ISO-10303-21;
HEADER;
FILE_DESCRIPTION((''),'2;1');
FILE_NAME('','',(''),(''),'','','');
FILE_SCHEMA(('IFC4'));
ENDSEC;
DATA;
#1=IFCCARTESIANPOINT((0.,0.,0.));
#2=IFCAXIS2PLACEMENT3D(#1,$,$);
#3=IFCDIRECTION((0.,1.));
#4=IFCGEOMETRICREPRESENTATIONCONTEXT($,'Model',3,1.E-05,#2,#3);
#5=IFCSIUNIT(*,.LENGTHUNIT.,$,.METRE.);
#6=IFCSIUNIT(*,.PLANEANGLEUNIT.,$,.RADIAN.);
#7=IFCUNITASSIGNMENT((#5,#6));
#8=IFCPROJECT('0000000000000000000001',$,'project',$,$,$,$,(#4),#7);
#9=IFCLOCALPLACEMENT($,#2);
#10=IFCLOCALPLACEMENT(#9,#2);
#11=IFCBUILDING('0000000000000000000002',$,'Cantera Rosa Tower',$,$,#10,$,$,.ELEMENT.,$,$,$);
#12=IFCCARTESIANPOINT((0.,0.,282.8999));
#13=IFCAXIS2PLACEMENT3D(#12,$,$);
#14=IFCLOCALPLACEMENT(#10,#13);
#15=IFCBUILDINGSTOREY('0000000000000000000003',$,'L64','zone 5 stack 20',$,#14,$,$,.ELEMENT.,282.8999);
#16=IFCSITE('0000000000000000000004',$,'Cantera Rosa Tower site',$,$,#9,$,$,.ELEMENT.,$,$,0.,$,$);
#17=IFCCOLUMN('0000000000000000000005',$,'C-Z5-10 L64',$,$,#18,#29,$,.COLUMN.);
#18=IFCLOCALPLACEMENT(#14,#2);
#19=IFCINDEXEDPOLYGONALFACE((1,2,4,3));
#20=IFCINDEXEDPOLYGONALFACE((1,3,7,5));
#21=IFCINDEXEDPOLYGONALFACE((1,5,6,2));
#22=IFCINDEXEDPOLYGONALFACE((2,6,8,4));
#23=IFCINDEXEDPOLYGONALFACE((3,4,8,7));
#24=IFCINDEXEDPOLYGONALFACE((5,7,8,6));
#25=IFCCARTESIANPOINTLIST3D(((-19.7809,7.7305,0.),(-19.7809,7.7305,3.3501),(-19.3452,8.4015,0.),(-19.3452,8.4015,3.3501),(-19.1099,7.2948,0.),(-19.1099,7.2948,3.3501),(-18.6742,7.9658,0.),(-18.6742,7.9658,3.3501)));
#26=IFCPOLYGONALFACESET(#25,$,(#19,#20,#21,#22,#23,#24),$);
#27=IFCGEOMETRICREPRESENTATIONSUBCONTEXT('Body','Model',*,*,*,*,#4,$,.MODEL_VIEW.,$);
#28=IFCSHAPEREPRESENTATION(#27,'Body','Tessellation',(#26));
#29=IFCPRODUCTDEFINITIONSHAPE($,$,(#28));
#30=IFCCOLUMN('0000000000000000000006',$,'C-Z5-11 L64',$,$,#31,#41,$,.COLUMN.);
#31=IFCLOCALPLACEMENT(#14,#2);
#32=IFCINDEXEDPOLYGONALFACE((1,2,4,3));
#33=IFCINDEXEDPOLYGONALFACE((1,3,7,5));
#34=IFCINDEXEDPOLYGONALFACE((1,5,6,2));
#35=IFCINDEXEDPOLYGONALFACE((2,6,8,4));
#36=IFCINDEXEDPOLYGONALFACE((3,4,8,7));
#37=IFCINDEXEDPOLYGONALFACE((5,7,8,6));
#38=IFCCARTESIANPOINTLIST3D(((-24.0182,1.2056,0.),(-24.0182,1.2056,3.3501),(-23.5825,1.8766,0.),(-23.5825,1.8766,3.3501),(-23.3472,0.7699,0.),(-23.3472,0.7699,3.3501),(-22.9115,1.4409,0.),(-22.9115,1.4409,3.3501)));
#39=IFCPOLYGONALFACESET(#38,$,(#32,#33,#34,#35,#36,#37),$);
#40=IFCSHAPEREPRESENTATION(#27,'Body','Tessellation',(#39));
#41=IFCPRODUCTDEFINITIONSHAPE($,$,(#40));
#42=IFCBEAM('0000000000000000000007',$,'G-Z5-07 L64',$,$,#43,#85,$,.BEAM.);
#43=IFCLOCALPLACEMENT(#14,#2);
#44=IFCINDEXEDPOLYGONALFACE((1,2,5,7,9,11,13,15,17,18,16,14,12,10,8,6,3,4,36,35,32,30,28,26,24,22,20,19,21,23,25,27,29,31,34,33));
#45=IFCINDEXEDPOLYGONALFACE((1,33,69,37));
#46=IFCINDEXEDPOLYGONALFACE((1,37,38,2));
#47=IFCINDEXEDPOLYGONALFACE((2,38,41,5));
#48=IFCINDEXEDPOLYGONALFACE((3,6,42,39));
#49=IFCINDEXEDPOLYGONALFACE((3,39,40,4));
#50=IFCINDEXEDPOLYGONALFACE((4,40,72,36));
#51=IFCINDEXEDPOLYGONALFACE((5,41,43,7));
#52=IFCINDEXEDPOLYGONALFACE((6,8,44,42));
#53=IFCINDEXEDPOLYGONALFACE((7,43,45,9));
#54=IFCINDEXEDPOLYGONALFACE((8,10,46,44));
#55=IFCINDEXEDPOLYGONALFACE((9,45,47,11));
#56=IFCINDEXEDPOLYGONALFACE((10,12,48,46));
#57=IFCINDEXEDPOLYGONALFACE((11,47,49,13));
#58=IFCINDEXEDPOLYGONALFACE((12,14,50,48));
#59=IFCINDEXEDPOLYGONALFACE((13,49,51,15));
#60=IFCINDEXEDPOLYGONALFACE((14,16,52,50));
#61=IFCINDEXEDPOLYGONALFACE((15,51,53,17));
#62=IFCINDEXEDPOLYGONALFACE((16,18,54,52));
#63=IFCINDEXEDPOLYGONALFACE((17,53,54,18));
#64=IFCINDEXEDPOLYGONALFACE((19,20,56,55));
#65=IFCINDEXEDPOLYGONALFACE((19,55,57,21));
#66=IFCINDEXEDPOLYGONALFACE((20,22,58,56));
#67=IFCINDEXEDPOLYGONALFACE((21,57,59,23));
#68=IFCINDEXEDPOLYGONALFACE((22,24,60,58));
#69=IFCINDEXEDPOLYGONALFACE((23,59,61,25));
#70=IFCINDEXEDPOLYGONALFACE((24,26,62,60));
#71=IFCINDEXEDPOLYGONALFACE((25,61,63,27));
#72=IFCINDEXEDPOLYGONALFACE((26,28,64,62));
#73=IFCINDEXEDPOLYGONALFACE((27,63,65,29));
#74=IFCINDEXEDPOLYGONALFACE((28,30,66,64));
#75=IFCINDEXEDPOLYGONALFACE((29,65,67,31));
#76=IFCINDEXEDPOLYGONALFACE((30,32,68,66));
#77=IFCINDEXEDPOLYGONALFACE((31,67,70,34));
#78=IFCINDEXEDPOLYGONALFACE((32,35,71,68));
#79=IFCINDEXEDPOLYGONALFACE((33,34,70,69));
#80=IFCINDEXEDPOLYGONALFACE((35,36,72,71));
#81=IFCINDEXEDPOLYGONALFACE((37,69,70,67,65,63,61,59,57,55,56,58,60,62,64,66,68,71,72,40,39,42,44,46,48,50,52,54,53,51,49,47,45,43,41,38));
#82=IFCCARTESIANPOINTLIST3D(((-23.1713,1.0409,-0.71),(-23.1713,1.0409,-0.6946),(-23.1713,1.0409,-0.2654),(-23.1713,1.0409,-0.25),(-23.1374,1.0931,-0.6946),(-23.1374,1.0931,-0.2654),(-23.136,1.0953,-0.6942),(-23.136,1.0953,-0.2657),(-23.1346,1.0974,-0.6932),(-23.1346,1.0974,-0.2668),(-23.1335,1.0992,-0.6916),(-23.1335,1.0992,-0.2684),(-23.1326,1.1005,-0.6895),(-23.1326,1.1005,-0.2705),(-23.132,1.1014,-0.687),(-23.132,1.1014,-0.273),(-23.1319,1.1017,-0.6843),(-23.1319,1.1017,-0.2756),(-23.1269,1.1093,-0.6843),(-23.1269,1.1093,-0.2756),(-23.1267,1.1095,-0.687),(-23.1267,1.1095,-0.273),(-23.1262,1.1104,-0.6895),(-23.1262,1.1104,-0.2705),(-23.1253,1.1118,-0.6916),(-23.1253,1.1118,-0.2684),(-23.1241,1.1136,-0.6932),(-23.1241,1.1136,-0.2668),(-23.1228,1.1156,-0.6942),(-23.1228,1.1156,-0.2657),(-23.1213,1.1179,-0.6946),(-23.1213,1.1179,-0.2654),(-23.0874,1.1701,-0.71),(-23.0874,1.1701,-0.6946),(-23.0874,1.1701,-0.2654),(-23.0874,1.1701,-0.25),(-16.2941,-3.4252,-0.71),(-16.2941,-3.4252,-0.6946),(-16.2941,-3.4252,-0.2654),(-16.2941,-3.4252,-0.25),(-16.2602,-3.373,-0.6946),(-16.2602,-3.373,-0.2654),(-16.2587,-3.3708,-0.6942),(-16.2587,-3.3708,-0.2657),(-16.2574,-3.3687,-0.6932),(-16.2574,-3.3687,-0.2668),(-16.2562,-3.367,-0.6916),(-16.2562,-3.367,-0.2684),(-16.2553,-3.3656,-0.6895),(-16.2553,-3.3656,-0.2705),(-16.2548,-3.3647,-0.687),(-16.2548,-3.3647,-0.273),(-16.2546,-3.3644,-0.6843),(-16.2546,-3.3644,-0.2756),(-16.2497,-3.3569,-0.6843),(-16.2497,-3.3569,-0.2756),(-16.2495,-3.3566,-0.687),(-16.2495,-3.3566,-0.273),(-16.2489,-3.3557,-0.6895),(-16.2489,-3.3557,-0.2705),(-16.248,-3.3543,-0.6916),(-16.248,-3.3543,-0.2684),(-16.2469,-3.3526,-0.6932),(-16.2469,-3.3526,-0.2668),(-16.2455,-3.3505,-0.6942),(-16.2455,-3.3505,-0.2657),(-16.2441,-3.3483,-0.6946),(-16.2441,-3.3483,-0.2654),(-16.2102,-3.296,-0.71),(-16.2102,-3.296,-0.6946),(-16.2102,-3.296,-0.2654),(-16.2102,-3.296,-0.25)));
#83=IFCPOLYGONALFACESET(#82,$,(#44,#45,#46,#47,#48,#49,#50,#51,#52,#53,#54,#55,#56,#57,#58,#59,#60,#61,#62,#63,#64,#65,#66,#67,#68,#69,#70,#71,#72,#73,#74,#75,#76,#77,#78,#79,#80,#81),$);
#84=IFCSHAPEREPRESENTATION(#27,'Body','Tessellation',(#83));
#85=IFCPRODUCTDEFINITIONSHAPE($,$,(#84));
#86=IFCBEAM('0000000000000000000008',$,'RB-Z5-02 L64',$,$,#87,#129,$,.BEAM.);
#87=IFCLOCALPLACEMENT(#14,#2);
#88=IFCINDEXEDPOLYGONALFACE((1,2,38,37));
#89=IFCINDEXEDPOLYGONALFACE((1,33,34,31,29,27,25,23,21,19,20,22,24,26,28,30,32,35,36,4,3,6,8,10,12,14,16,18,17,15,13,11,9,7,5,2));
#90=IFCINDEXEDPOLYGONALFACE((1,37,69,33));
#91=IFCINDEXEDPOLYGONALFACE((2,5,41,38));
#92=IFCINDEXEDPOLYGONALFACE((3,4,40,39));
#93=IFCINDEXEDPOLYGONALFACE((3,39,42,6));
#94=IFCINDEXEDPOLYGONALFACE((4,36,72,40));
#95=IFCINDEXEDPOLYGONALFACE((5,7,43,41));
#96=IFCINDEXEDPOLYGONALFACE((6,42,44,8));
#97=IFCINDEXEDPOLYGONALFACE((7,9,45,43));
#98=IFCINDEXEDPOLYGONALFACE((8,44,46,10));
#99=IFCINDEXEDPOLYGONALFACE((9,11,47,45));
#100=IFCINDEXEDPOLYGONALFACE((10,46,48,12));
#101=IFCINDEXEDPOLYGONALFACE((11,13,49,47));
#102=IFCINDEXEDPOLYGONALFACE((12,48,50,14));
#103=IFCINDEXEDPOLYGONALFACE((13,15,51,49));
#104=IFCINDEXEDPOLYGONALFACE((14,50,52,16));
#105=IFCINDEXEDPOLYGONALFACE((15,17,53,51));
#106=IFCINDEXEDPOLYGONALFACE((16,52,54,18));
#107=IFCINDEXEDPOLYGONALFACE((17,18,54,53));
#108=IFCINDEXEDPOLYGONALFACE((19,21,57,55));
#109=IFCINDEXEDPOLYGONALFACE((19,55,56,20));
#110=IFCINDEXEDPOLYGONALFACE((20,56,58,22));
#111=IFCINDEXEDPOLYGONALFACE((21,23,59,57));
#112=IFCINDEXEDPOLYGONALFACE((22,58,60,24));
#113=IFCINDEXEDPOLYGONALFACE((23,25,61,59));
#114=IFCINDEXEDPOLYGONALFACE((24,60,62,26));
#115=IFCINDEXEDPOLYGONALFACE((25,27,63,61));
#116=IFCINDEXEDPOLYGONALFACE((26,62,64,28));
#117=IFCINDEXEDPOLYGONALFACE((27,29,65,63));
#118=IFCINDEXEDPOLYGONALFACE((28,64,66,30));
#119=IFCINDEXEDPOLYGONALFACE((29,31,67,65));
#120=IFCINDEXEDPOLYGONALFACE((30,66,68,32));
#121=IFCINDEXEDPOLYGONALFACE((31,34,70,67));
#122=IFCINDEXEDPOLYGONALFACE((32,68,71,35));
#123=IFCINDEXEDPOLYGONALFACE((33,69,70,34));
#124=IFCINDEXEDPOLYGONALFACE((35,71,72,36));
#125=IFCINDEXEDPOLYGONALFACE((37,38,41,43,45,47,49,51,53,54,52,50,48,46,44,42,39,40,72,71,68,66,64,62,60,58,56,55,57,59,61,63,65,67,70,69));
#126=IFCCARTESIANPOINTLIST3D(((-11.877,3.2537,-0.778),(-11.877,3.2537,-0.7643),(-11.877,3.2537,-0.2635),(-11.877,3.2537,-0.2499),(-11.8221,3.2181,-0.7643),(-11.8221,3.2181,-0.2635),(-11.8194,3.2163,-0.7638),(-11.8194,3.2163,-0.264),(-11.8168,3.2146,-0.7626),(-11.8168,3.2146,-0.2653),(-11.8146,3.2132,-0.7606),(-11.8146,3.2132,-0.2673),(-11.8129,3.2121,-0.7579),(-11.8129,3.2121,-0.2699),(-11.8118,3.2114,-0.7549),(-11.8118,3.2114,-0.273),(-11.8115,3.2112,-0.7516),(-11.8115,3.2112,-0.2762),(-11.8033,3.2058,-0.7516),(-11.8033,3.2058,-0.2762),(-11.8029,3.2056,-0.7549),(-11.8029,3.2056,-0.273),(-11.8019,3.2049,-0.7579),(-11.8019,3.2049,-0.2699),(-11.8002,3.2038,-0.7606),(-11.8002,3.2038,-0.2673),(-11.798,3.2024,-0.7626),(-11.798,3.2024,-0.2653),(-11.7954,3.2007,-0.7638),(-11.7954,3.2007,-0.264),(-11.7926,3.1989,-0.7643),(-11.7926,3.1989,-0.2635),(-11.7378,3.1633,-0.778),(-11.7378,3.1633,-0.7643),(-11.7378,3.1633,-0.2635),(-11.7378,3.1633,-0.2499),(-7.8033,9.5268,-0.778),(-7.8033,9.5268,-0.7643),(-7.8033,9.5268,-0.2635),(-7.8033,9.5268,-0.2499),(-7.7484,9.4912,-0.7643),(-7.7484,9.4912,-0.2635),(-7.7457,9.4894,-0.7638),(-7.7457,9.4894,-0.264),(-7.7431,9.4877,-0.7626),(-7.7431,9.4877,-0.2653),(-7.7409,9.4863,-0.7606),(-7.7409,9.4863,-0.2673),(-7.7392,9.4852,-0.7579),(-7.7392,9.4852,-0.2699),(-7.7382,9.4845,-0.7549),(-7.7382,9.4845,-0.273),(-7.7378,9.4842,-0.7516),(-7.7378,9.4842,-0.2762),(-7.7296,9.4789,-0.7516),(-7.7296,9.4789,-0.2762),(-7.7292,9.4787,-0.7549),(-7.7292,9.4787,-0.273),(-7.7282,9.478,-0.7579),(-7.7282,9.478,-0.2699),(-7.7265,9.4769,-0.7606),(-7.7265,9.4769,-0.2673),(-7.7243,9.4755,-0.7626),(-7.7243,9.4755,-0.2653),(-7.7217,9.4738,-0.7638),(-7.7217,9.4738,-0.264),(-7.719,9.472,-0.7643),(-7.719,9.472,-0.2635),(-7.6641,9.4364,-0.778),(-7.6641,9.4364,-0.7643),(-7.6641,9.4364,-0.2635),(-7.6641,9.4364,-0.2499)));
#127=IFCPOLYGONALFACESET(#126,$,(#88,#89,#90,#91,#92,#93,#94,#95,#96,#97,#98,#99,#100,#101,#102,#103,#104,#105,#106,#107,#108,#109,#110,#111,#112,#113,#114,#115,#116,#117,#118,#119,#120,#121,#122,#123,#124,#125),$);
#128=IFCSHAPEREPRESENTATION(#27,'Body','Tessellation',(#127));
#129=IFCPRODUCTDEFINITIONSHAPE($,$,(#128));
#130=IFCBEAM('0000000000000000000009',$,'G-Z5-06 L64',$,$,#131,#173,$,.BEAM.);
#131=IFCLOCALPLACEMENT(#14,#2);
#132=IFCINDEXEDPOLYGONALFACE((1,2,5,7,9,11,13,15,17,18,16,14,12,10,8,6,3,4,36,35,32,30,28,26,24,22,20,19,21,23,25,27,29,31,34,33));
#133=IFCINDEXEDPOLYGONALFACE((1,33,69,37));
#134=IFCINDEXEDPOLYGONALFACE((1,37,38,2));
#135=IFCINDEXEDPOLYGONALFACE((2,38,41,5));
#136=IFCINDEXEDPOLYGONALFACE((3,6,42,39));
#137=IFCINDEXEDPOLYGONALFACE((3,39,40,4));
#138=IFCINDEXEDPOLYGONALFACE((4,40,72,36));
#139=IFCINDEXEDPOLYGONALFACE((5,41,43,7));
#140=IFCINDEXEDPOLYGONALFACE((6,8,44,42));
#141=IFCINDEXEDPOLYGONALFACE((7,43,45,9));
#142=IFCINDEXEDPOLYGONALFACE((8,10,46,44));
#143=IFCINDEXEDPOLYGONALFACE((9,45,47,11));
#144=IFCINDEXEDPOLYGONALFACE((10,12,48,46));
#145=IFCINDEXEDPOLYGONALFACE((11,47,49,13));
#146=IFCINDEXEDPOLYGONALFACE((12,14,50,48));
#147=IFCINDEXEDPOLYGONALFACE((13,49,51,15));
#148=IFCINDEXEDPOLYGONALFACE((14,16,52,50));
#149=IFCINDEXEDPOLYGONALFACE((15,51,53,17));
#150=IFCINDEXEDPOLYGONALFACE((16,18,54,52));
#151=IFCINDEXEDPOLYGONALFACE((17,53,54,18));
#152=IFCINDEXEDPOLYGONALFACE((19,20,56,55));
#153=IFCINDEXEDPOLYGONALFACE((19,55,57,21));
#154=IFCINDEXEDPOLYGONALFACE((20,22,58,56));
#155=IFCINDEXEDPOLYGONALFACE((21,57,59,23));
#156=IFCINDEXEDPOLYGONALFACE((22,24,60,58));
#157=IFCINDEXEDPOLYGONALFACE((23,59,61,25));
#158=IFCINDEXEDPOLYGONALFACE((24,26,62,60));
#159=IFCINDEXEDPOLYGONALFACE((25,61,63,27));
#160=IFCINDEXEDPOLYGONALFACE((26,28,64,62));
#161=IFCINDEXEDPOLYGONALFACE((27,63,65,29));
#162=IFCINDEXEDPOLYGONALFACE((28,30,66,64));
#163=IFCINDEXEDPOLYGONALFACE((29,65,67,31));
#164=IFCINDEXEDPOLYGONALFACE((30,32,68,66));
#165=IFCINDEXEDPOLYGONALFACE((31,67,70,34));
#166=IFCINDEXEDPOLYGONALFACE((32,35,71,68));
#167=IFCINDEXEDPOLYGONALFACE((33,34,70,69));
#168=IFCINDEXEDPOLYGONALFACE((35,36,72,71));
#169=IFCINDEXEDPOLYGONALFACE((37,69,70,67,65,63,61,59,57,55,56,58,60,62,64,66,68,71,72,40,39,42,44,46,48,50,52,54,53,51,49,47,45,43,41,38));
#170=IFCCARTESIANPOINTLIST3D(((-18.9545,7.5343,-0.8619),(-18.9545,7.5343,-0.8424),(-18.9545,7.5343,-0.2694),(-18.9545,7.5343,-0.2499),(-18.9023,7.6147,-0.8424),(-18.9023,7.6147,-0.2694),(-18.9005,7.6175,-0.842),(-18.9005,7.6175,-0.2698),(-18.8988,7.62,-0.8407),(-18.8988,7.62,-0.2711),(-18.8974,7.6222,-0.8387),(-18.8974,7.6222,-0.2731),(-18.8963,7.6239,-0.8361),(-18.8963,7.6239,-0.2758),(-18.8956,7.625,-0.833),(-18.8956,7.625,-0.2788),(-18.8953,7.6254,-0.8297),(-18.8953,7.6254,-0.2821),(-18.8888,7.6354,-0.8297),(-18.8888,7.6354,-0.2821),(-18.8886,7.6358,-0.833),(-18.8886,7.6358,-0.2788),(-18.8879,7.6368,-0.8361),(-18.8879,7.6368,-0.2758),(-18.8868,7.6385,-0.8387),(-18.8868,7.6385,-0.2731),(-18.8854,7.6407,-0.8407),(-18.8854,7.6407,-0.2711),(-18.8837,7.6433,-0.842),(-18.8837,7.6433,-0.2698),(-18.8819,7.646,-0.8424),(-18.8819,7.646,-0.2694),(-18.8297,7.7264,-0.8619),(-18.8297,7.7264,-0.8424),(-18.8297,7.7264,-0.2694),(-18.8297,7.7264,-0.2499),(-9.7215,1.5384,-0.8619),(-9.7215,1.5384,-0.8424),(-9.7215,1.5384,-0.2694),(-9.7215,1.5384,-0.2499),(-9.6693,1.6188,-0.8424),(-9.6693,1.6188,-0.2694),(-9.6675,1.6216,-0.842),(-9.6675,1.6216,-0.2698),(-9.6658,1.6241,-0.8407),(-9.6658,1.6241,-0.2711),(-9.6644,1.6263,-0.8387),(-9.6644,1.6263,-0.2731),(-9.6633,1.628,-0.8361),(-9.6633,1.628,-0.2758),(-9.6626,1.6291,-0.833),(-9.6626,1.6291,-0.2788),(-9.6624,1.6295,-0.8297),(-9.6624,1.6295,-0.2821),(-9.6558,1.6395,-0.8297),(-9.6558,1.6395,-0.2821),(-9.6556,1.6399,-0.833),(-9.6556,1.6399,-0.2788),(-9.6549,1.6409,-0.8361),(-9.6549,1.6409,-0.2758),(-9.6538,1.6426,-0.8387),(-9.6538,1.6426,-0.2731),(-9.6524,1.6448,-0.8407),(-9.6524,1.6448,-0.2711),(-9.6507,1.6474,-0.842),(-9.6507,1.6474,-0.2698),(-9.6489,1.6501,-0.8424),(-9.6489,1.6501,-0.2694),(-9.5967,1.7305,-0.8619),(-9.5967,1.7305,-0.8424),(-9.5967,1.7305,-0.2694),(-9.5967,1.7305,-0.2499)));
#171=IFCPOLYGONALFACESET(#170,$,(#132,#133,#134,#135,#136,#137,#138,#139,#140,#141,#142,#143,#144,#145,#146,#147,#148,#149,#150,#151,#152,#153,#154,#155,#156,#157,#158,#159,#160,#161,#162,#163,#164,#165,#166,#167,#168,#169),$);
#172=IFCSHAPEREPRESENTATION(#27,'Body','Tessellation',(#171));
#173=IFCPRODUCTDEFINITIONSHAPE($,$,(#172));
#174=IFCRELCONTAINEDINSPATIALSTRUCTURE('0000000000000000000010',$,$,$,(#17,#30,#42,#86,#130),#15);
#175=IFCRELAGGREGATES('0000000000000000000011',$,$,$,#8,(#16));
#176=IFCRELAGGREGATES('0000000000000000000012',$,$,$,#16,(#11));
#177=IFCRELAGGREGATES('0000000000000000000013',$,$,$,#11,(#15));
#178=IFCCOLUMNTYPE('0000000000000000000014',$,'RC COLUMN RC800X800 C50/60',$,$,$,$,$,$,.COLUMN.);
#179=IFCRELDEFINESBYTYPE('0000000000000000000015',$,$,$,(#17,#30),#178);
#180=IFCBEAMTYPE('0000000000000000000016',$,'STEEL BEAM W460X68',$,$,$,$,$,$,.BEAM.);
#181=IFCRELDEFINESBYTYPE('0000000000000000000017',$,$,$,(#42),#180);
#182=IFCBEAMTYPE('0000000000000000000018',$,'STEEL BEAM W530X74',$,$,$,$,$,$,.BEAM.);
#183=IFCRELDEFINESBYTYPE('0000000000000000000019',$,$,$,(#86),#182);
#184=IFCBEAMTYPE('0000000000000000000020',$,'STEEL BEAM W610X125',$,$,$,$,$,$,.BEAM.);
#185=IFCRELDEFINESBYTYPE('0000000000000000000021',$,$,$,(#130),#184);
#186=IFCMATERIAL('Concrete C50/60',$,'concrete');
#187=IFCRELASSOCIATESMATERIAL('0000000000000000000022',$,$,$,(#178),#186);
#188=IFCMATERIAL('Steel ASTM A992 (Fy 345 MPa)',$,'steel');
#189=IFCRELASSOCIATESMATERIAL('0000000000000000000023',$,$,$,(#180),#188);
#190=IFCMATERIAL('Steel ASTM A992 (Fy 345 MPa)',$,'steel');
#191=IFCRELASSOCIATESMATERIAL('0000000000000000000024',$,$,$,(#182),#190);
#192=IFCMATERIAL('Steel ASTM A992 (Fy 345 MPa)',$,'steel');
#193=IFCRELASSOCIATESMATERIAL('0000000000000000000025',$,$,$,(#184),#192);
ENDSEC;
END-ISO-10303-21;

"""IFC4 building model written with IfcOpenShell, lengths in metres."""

from ifc_helpers import new_model, si_unit, direction, frame, origin, origin_2d, place, context, subcontext, project, spatial, rectangle, i_section, extrude, material, material_profile, profile_set, type_object, element, save


model = new_model("IFC4")

# Units and contexts
model_context = context("Model", 3, precision=1e-05, world=origin(), true_north=direction((0.0, 1.0)))
body_context = subcontext(model_context, "Body", "Model", "MODEL_VIEW")
ifc_project = project(units=[si_unit("LENGTHUNIT", "METRE"), si_unit("PLANEANGLEUNIT", "RADIAN")], contexts=[model_context])

# Site, building, storey
site_placement = place(None, origin())
site = spatial("IfcSite", under=ifc_project, at=site_placement, Name="Cantera Rosa Tower site", CompositionType="ELEMENT", RefElevation=0.0)
building_placement = place(site_placement, origin())
building = spatial("IfcBuilding", under=site, at=building_placement, Name="Cantera Rosa Tower", CompositionType="ELEMENT")
storey_placement = place(building_placement, frame((0.0, 0.0, 282.8999)))
storey = spatial("IfcBuildingStorey", under=building, at=storey_placement, Name="L64", Description="zone 5 stack 20", CompositionType="ELEMENT", Elevation=282.8999)

# Columns
ifc_material_1 = material(Name="Concrete C50/60", Category="concrete")
ifc_material_profile_1 = material_profile(ifc_material_1, rectangle(XDim=0.8, YDim=0.8, at=origin_2d()), Name="RC COLUMN RC800X800 C50/60")
ifc_profile_set_1 = profile_set([ifc_material_profile_1], Name="Concrete C50/60")
column_type = type_object("IfcColumnType", Name="RC COLUMN RC800X800 C50/60", PredefinedType="COLUMN", material=ifc_profile_set_1)
for number, where, z_axis, x_axis, name in (
    (1, (-19.2275, 7.8481, 0.0), (0.0, 0.0, 1.0), (0.544639, 0.838671, 0.0), "C-Z5-10 L64"),
    (2, (-23.4648, 1.3232, 0.0), (0.0, 0.0, 1.0), (0.544639, 0.838671, 0.0), "C-Z5-11 L64"),
):
    element("IfcColumn", number, at=place(storey_placement, frame(where, z_axis=z_axis, x_axis=x_axis)), inside=storey, type_object=column_type, Name=name, PredefinedType="COLUMN", context=body_context, shape_type="SweptSolid", body=[
        extrude(rectangle(XDim=0.8, YDim=0.8, at=origin_2d()), origin(), (0.0, 0.0, 1.0), 3.3501),
    ])

# Beams
ifc_material_2 = material(Name="Steel ASTM A992 (Fy 345 MPa)", Category="steel")
ifc_material_profile_2 = material_profile(ifc_material_2, i_section(OverallWidth=0.1541, OverallDepth=0.46, WebThickness=0.009, FlangeThickness=0.0154, FilletRadius=0.0103, at=origin_2d()), Name="W460X68")
ifc_profile_set_2 = profile_set([ifc_material_profile_2], Name="Steel ASTM A992 (Fy 345 MPa)")
beam_type_1 = type_object("IfcBeamType", Name="STEEL BEAM W460X68", PredefinedType="BEAM", material=ifc_profile_set_2)
beam_1_placement = place(storey_placement, frame((-23.1294, 1.1055, -0.48), z_axis=(0.838673, -0.544636, 0.0), x_axis=(0.544636, 0.838673, 0.0)))
element("IfcBeam", 3, at=beam_1_placement, inside=storey, type_object=beam_type_1, Name="G-Z5-07 L64", PredefinedType="BEAM", context=body_context, shape_type="SweptSolid", body=[
    extrude(i_section(OverallWidth=0.1541, OverallDepth=0.46, WebThickness=0.009, FlangeThickness=0.0154, FilletRadius=0.0103, at=origin_2d()), origin(), (0.0, 0.0, 1.0), 8.2002),
])
ifc_material_3 = material(Name="Steel ASTM A992 (Fy 345 MPa)", Category="steel")
ifc_material_profile_3 = material_profile(ifc_material_3, i_section(OverallWidth=0.166, OverallDepth=0.5281, WebThickness=0.0098, FlangeThickness=0.0137, FilletRadius=0.0127, at=origin_2d()), Name="W530X74")
ifc_profile_set_3 = profile_set([ifc_material_profile_3], Name="Steel ASTM A992 (Fy 345 MPa)")
beam_type_2 = type_object("IfcBeamType", Name="STEEL BEAM W530X74", PredefinedType="BEAM", material=ifc_profile_set_3)
beam_2_placement = place(storey_placement, frame((-11.8074, 3.2085, -0.5139), z_axis=(0.544627, 0.838678, 0.0), x_axis=(-0.838678, 0.544627, 0.0)))
element("IfcBeam", 4, at=beam_2_placement, inside=storey, type_object=beam_type_2, Name="RB-Z5-02 L64", PredefinedType="BEAM", context=body_context, shape_type="SweptSolid", body=[
    extrude(i_section(OverallWidth=0.166, OverallDepth=0.5281, WebThickness=0.0098, FlangeThickness=0.0137, FilletRadius=0.0127, at=origin_2d()), origin(), (0.0, 0.0, 1.0), 7.4797),
])
ifc_material_4 = material(Name="Steel ASTM A992 (Fy 345 MPa)", Category="steel")
ifc_material_profile_4 = material_profile(ifc_material_4, i_section(OverallWidth=0.229, OverallDepth=0.6121, WebThickness=0.012, FlangeThickness=0.0195, FilletRadius=0.0127, at=origin_2d()), Name="W610X125")
ifc_profile_set_4 = profile_set([ifc_material_profile_4], Name="Steel ASTM A992 (Fy 345 MPa)")
beam_type_3 = type_object("IfcBeamType", Name="STEEL BEAM W610X125", PredefinedType="BEAM", material=ifc_profile_set_4)
beam_3_placement = place(storey_placement, frame((-18.8921, 7.6304, -0.5559), z_axis=(0.838674, -0.544634, 0.0), x_axis=(0.544634, 0.838674, 0.0)))
element("IfcBeam", 5, at=beam_3_placement, inside=storey, type_object=beam_type_3, Name="G-Z5-06 L64", PredefinedType="BEAM", context=body_context, shape_type="SweptSolid", body=[
    extrude(i_section(OverallWidth=0.229, OverallDepth=0.6121, WebThickness=0.012, FlangeThickness=0.0195, FilletRadius=0.0127, at=origin_2d()), origin(), (0.0, 0.0, 1.0), 11.009),
])

save(model, "model.ifc")
